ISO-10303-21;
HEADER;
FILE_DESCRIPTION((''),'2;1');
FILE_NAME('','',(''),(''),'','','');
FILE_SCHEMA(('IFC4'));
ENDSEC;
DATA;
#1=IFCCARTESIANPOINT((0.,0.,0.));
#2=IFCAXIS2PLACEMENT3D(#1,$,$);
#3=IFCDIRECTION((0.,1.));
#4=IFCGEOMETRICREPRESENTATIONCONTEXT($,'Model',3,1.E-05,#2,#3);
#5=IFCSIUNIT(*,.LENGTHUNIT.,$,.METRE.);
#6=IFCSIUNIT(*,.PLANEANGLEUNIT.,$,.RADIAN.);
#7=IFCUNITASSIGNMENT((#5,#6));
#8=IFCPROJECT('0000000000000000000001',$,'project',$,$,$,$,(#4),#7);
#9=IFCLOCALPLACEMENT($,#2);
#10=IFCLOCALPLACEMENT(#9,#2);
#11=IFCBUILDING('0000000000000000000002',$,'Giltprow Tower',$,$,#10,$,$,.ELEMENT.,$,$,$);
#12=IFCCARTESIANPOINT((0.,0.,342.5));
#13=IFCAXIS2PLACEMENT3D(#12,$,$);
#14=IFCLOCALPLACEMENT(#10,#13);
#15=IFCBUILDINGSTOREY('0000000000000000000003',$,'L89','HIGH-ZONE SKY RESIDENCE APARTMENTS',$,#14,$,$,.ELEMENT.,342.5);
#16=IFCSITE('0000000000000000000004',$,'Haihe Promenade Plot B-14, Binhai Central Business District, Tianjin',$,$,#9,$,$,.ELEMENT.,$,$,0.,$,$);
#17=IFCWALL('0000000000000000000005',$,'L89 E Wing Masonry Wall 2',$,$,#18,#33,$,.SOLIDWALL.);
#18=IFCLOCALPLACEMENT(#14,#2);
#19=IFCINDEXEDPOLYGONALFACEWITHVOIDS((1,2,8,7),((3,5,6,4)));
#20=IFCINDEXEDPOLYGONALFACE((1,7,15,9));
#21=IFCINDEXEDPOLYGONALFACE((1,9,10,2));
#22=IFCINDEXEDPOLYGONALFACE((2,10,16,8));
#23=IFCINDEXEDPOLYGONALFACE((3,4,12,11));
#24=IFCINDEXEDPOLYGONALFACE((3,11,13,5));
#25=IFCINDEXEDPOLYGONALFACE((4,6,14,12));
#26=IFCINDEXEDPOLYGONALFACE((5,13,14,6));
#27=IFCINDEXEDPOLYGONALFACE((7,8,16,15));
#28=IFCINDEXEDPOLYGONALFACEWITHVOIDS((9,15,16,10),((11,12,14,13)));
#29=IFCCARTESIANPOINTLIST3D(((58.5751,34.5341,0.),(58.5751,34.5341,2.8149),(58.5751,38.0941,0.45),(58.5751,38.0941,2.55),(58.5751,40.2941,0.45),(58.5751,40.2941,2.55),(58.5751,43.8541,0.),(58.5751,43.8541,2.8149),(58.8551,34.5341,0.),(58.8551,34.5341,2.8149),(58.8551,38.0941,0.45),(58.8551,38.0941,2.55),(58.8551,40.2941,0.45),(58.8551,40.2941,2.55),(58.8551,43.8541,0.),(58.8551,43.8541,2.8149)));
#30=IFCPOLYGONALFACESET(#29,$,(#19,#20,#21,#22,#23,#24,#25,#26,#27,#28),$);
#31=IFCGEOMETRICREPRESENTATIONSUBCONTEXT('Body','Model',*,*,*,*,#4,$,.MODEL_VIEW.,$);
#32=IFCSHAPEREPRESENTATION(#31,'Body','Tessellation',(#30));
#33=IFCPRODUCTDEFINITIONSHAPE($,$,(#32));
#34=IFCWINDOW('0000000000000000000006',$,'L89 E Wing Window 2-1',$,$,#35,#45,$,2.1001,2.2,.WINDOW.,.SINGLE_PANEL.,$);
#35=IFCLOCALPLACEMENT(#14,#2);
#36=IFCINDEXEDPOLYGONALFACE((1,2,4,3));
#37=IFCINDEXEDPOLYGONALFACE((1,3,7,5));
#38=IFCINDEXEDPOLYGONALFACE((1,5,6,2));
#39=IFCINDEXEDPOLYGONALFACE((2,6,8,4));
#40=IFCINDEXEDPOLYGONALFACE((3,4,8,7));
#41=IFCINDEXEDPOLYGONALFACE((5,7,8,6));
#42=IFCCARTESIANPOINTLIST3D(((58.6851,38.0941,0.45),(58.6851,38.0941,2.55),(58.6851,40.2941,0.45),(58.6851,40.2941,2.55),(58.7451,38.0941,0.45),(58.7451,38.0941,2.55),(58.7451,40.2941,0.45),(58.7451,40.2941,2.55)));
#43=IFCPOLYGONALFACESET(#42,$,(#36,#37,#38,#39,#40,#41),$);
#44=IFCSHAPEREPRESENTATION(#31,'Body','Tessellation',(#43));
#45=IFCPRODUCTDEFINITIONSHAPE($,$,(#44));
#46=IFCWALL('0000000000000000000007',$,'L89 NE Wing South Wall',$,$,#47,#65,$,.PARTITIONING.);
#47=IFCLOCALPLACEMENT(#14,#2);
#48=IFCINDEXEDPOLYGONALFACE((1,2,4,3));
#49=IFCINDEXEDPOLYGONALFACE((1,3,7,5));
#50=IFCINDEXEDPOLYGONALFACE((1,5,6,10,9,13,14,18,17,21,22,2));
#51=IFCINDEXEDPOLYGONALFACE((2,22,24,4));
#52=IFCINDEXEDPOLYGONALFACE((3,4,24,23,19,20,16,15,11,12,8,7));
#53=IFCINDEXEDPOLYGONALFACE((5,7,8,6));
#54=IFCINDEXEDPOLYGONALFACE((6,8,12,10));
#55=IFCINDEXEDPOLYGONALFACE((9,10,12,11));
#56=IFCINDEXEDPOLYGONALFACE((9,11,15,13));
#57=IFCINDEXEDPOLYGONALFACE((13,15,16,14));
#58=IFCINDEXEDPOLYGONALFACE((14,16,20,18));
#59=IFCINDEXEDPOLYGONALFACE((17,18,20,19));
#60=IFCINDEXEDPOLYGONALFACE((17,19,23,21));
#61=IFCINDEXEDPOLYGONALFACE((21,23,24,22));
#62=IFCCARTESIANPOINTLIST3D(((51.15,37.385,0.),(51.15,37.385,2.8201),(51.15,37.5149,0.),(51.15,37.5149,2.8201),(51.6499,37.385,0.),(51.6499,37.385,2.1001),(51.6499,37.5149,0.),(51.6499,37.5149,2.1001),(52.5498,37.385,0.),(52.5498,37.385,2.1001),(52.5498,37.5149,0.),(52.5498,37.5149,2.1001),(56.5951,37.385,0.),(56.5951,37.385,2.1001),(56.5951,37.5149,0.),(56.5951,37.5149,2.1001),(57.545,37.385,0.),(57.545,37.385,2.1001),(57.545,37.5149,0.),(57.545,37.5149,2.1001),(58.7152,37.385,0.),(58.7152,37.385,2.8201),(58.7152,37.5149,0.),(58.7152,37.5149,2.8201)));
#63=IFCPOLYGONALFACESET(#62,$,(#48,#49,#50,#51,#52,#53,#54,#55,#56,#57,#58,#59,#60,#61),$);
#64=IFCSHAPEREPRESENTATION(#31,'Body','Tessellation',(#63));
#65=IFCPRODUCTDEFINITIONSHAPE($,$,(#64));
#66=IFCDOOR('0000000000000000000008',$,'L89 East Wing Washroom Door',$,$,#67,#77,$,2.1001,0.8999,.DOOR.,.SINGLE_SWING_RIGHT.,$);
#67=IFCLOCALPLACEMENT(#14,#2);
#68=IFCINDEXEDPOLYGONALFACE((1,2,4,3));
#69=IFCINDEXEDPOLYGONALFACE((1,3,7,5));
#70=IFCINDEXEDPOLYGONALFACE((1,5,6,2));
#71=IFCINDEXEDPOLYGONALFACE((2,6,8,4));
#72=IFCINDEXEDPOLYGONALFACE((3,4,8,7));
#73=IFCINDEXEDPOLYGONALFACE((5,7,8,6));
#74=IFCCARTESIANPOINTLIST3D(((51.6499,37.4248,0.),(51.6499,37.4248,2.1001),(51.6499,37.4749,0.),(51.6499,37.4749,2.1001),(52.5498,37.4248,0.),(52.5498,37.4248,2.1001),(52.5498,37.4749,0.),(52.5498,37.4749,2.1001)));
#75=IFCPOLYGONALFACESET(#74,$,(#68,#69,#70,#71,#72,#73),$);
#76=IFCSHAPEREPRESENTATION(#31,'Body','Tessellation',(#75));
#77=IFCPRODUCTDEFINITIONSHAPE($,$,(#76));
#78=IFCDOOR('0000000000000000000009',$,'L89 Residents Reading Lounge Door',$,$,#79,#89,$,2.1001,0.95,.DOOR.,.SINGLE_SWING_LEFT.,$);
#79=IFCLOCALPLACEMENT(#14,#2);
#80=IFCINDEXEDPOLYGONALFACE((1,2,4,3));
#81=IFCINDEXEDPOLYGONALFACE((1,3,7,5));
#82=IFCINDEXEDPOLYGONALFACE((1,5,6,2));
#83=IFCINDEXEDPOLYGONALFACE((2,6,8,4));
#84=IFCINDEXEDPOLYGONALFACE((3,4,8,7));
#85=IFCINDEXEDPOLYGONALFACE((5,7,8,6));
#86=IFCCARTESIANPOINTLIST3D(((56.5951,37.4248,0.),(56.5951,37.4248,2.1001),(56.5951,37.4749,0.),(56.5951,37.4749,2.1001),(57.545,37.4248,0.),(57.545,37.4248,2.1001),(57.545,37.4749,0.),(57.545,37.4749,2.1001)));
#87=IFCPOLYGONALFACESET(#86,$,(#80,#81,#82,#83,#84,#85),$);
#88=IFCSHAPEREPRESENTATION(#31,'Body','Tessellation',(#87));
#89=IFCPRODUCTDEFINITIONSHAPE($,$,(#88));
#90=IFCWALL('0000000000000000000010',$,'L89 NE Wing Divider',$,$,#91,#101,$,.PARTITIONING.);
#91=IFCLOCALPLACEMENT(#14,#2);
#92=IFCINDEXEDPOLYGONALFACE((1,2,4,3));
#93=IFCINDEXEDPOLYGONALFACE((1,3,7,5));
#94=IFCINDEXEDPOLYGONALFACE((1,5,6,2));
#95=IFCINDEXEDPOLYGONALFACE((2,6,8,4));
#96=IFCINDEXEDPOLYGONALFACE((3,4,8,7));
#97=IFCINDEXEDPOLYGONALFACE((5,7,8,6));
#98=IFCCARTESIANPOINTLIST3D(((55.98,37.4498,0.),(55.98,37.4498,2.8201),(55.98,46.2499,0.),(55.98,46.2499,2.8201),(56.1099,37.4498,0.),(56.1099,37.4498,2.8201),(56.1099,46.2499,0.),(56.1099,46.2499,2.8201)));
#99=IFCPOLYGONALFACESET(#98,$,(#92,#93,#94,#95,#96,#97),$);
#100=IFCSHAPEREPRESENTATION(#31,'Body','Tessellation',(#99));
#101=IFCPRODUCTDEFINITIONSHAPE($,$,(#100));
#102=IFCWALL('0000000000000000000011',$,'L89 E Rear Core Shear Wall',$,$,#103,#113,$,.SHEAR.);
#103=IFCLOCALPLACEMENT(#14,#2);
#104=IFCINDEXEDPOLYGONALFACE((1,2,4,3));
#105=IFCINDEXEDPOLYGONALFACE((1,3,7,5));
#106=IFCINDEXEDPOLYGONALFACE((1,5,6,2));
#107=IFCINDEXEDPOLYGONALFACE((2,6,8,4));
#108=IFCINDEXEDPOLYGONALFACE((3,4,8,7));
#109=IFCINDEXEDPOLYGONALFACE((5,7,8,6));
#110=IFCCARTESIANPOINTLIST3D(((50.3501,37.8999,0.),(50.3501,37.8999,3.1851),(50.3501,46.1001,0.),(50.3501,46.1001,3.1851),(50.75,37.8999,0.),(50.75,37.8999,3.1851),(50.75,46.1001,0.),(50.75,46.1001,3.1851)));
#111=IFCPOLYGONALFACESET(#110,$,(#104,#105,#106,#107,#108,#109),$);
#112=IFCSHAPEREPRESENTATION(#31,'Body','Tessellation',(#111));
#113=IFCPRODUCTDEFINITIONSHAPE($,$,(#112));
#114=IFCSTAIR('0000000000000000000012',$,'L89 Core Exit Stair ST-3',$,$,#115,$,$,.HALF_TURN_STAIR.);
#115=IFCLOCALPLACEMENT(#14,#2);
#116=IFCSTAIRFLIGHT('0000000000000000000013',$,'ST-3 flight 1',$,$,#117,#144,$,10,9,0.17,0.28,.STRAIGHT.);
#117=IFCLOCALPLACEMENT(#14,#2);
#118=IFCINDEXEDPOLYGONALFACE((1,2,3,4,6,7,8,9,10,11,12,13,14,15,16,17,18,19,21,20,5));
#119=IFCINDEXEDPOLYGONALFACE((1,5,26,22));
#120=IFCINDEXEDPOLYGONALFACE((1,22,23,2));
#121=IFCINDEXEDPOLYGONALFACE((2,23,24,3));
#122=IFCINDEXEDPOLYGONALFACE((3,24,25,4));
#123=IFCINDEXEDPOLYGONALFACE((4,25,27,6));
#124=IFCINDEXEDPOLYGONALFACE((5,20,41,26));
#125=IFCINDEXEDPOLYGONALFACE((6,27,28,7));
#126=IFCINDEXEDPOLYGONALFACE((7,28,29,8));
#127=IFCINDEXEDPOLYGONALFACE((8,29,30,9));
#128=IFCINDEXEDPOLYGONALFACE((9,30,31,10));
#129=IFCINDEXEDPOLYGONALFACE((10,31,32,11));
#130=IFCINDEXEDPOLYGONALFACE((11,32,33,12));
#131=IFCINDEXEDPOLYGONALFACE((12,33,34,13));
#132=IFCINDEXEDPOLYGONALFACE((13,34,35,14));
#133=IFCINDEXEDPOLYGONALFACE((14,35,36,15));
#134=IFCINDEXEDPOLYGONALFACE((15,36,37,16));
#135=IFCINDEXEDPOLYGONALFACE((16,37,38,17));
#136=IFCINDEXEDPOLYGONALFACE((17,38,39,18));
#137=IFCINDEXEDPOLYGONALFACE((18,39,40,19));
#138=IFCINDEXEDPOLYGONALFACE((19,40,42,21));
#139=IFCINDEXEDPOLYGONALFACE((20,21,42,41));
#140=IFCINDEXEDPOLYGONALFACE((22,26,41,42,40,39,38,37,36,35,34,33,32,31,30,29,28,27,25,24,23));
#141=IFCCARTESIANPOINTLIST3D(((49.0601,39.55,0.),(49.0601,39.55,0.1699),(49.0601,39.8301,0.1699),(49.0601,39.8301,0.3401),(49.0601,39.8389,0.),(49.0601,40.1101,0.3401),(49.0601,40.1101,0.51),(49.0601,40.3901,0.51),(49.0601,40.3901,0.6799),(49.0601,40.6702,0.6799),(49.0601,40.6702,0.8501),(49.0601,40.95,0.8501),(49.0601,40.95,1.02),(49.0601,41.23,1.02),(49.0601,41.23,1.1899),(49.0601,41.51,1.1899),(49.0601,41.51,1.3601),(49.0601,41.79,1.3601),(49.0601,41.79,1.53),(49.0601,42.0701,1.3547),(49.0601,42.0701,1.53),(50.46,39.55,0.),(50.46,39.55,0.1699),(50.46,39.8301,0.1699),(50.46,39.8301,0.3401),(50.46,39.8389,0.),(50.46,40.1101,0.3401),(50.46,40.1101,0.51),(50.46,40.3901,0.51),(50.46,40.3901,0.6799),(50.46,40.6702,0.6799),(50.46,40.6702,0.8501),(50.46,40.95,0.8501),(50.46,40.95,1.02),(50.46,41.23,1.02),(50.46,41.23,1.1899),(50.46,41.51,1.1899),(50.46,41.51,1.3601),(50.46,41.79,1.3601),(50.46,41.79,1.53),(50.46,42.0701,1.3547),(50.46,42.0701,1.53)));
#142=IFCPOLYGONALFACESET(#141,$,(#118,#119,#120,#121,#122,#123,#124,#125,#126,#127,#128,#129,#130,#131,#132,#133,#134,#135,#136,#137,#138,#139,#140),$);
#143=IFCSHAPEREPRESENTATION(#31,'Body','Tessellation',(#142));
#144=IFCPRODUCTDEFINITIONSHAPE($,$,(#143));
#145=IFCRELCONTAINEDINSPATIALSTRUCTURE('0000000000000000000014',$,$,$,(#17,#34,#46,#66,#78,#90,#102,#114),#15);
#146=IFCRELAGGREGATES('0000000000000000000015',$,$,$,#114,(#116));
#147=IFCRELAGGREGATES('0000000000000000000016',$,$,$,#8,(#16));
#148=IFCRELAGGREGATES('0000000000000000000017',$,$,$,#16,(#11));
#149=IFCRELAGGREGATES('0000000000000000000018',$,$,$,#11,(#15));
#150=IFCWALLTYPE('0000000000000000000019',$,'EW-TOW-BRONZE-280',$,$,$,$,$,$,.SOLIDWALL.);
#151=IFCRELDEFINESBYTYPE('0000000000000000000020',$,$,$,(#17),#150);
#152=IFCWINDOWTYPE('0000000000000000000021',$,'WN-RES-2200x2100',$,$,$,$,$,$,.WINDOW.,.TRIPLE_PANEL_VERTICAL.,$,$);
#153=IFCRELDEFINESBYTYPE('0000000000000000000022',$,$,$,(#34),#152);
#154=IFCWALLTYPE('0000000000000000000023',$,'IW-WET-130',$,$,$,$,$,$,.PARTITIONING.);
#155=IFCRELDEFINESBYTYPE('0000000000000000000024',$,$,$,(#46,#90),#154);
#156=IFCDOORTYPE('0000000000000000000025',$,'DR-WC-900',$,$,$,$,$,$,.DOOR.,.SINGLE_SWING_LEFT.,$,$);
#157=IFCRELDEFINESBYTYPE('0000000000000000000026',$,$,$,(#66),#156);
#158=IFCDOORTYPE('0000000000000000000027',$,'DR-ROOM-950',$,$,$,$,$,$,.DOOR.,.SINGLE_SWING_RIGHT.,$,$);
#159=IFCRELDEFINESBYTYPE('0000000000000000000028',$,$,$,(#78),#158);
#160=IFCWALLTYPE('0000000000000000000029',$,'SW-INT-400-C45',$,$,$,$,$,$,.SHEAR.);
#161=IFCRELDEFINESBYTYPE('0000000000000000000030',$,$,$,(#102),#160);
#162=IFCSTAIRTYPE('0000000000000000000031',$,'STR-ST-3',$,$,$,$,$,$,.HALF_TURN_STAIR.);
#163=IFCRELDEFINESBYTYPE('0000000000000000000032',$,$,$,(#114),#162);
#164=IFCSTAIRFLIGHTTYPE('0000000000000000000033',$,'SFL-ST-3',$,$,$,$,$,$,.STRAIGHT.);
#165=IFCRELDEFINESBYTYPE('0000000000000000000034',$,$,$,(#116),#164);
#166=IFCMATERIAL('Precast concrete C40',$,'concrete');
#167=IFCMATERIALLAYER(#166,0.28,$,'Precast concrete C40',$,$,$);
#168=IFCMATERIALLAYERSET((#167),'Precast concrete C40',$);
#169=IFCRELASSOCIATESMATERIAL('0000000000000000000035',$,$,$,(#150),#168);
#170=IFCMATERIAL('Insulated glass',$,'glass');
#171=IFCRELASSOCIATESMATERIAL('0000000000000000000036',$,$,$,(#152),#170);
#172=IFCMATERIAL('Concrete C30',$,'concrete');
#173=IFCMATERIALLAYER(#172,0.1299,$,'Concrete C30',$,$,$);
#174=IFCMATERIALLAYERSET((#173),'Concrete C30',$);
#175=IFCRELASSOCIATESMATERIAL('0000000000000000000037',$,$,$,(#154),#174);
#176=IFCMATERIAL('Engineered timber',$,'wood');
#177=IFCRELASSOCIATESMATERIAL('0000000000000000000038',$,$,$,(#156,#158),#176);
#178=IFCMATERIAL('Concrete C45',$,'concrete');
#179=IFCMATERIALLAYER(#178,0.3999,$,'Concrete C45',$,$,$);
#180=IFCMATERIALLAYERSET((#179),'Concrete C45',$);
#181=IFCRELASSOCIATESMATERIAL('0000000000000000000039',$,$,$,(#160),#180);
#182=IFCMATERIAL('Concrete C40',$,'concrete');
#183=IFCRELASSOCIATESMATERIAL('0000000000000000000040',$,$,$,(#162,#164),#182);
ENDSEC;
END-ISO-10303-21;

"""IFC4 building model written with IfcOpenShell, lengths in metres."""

from ifc_helpers import new_model, si_unit, direction, frame, frame_2d, origin, place, context, subcontext, project, spatial, polyline, rectangle, outline, extrude, source, transform, mapped, material, layer, layer_set, type_object, element, fill, aggregate, save


model = new_model("IFC4")

# Units and contexts
model_context = context("Model", 3, precision=1e-05, world=origin(), true_north=direction((0.0, 1.0)))
body_context = subcontext(model_context, "Body", "Model", "MODEL_VIEW")
ifc_project = project(units=[si_unit("LENGTHUNIT", "METRE"), si_unit("PLANEANGLEUNIT", "RADIAN")], contexts=[model_context])

# Site, building, storey
site_placement = place(None, origin())
site = spatial("IfcSite", under=ifc_project, at=site_placement, Name="Haihe Promenade Plot B-14, Binhai Central Business District, Tianjin", CompositionType="ELEMENT", RefElevation=0.0)
building_placement = place(site_placement, origin())
building = spatial("IfcBuilding", under=site, at=building_placement, Name="Giltprow Tower", CompositionType="ELEMENT")
storey_placement = place(building_placement, frame((0.0, 0.0, 342.5)))
storey = spatial("IfcBuildingStorey", under=building, at=storey_placement, Name="L89", Description="HIGH-ZONE SKY RESIDENCE APARTMENTS", CompositionType="ELEMENT", Elevation=342.5)

# Shared definitions
ifc_material_1 = material(Name="Concrete C45", Category="concrete")

# Wall, opening, window
ifc_material_2 = material(Name="Precast concrete C40", Category="concrete")
ifc_layer_1 = layer(ifc_material_2, 0.28, Name="Precast concrete C40")
ifc_layer_set_1 = layer_set([ifc_layer_1], Name="Precast concrete C40")
wall_type_1 = type_object("IfcWallType", Name="EW-TOW-BRONZE-280", PredefinedType="SOLIDWALL", material=ifc_layer_set_1)
wall_1_placement = place(storey_placement, frame((58.7151, 34.5339, 0.0), z_axis=(0.0, 0.0, 1.0), x_axis=(0.0, 1.0, 0.0)))
wall_1 = element("IfcWall", 1, at=wall_1_placement, inside=storey, type_object=wall_type_1, Name="L89 E Wing Masonry Wall 2", PredefinedType="SOLIDWALL", context=body_context, shape_type="SweptSolid", body=[
    extrude(rectangle(XDim=9.3201, YDim=0.28, at=frame_2d((4.6602, 0.0))), origin(), (0.0, 0.0, 1.0), 2.8149),
])
opening_1_placement = place(wall_1_placement, frame((3.5601, 0.0, 0.45)))
opening_1 = element("IfcOpeningElement", 2, at=opening_1_placement, cuts=wall_1, PredefinedType="OPENING", context=body_context, shape_type="SweptSolid", body=[
    extrude(rectangle(XDim=2.2, YDim=2.1001, at=frame_2d((1.1001, 1.05))), frame((0.0, 0.1499, 0.0), z_axis=(0.0, -1.0, 0.0), x_axis=(1.0, 0.0, 0.0)), (0.0, 0.0, 1.0), 0.3),
])
ifc_material_3 = material(Name="Insulated glass", Category="glass")
window_type = type_object("IfcWindowType", Name="WN-RES-2200x2100", PartitioningType="TRIPLE_PANEL_VERTICAL", PredefinedType="WINDOW", material=ifc_material_3)
shared_shape_1 = source(origin(), body_context, "Body", "SweptSolid", [
    extrude(rectangle(XDim=2.2, YDim=2.1001, at=frame_2d((1.1001, 1.05))), frame((0.0, 0.03, 0.0), z_axis=(0.0, -1.0, 0.0), x_axis=(1.0, 0.0, 0.0)), (0.0, 0.0, 1.0), 0.0601),
])
window_placement = place(opening_1_placement, origin())
window = element("IfcWindow", 3, at=window_placement, inside=storey, type_object=window_type, Name="L89 E Wing Window 2-1", OverallHeight=2.1001, OverallWidth=2.2, PartitioningType="SINGLE_PANEL", PredefinedType="WINDOW", context=body_context, shape_type="MappedRepresentation", body=[
    mapped(shared_shape_1, transform((0.0, 0.0, 0.0), x_axis=(1.0, 0.0, 0.0), y_axis=(0.0, 1.0, 0.0), z_axis=(0.0, 0.0, 1.0), scale=1.0)),
])
fill(opening_1, window)

# Wall, openings, doors
ifc_material_4 = material(Name="Concrete C30", Category="concrete")
ifc_layer_2 = layer(ifc_material_4, 0.1299, Name="Concrete C30")
ifc_layer_set_2 = layer_set([ifc_layer_2], Name="Concrete C30")
wall_type_2 = type_object("IfcWallType", Name="IW-WET-130", PredefinedType="PARTITIONING", material=ifc_layer_set_2)
wall_2_placement = place(storey_placement, frame((51.1499, 37.45, 0.0), z_axis=(0.0, 0.0, 1.0), x_axis=(1.0, 0.0, 0.0)))
wall_2 = element("IfcWall", 4, at=wall_2_placement, inside=storey, type_object=wall_type_2, Name="L89 NE Wing South Wall", PredefinedType="PARTITIONING", context=body_context, shape_type="SweptSolid", body=[
    extrude(rectangle(XDim=7.5652, YDim=0.1299, at=frame_2d((3.7827, 0.0))), origin(), (0.0, 0.0, 1.0), 2.8201),
])
opening_2_placement = place(wall_2_placement, frame((0.5, 0.0, 0.0)))
opening_2 = element("IfcOpeningElement", 5, at=opening_2_placement, cuts=wall_2, PredefinedType="OPENING", context=body_context, shape_type="SweptSolid", body=[
    extrude(rectangle(XDim=0.8999, YDim=2.1001, at=frame_2d((0.45, 1.05))), frame((0.0, 0.075, 0.0), z_axis=(0.0, -1.0, 0.0), x_axis=(1.0, 0.0, 0.0)), (0.0, 0.0, 1.0), 0.1499),
])
opening_3_placement = place(wall_2_placement, frame((5.4451, 0.0, 0.0)))
opening_3 = element("IfcOpeningElement", 6, at=opening_3_placement, cuts=wall_2, PredefinedType="OPENING", context=body_context, shape_type="SweptSolid", body=[
    extrude(rectangle(XDim=0.95, YDim=2.1001, at=frame_2d((0.4751, 1.05))), frame((0.0, 0.075, 0.0), z_axis=(0.0, -1.0, 0.0), x_axis=(1.0, 0.0, 0.0)), (0.0, 0.0, 1.0), 0.1499),
])
ifc_material_5 = material(Name="Engineered timber", Category="wood")
door_type_1 = type_object("IfcDoorType", Name="DR-WC-900", OperationType="SINGLE_SWING_LEFT", PredefinedType="DOOR", material=ifc_material_5)
shared_shape_2 = source(origin(), body_context, "Body", "SweptSolid", [
    extrude(rectangle(XDim=0.8999, YDim=2.1001, at=frame_2d((0.45, 1.05))), frame((0.0, 0.0249, 0.0), z_axis=(0.0, -1.0, 0.0), x_axis=(1.0, 0.0, 0.0)), (0.0, 0.0, 1.0), 0.05),
])
door_1_placement = place(opening_2_placement, origin())
door_1 = element("IfcDoor", 7, at=door_1_placement, inside=storey, type_object=door_type_1, Name="L89 East Wing Washroom Door", OperationType="SINGLE_SWING_RIGHT", OverallHeight=2.1001, OverallWidth=0.8999, PredefinedType="DOOR", context=body_context, shape_type="MappedRepresentation", body=[
    mapped(shared_shape_2, transform((0.0, 0.0, 0.0), x_axis=(1.0, 0.0, 0.0), y_axis=(0.0, 1.0, 0.0), z_axis=(0.0, 0.0, 1.0), scale=1.0)),
])
fill(opening_2, door_1)
door_type_2 = type_object("IfcDoorType", Name="DR-ROOM-950", OperationType="SINGLE_SWING_RIGHT", PredefinedType="DOOR", material=ifc_material_5)
shared_shape_3 = source(origin(), body_context, "Body", "SweptSolid", [
    extrude(rectangle(XDim=0.95, YDim=2.1001, at=frame_2d((0.4751, 1.05))), frame((0.0, 0.0249, 0.0), z_axis=(0.0, -1.0, 0.0), x_axis=(1.0, 0.0, 0.0)), (0.0, 0.0, 1.0), 0.05),
])
door_2_placement = place(opening_3_placement, origin())
door_2 = element("IfcDoor", 8, at=door_2_placement, inside=storey, type_object=door_type_2, Name="L89 Residents Reading Lounge Door", OperationType="SINGLE_SWING_LEFT", OverallHeight=2.1001, OverallWidth=0.95, PredefinedType="DOOR", context=body_context, shape_type="MappedRepresentation", body=[
    mapped(shared_shape_3, transform((0.0, 0.0, 0.0), x_axis=(1.0, 0.0, 0.0), y_axis=(0.0, 1.0, 0.0), z_axis=(0.0, 0.0, 1.0), scale=1.0)),
])
fill(opening_3, door_2)

# Walls
wall_3_placement = place(storey_placement, frame((56.0449, 37.45, 0.0), z_axis=(0.0, 0.0, 1.0), x_axis=(0.0, 1.0, 0.0)))
element("IfcWall", 9, at=wall_3_placement, inside=storey, type_object=wall_type_2, Name="L89 NE Wing Divider", PredefinedType="PARTITIONING", context=body_context, shape_type="SweptSolid", body=[
    extrude(rectangle(XDim=8.8, YDim=0.1299, at=frame_2d((4.3999, 0.0))), origin(), (0.0, 0.0, 1.0), 2.8201),
])
ifc_layer_3 = layer(ifc_material_1, 0.3999, Name="Concrete C45")
ifc_layer_set_3 = layer_set([ifc_layer_3], Name="Concrete C45")
wall_type_3 = type_object("IfcWallType", Name="SW-INT-400-C45", PredefinedType="SHEAR", material=ifc_layer_set_3)
wall_4_placement = place(storey_placement, frame((50.55, 37.8999, 0.0), z_axis=(0.0, 0.0, 1.0), x_axis=(0.0, 1.0, 0.0)))
element("IfcWall", 10, at=wall_4_placement, inside=storey, type_object=wall_type_3, Name="L89 E Rear Core Shear Wall", PredefinedType="SHEAR", context=body_context, shape_type="SweptSolid", body=[
    extrude(rectangle(XDim=8.2002, YDim=0.3999, at=frame_2d((4.1001, 0.0))), origin(), (0.0, 0.0, 1.0), 3.1851),
])

# Stair, stair flight
ifc_material_6 = material(Name="Concrete C40", Category="concrete")
stair_type = type_object("IfcStairType", Name="STR-ST-3", PredefinedType="HALF_TURN_STAIR", material=ifc_material_6)
stair_placement = place(storey_placement, origin())
stair = element("IfcStair", 11, at=stair_placement, inside=storey, type_object=stair_type, Name="L89 Core Exit Stair ST-3", PredefinedType="HALF_TURN_STAIR")
stair_flight_type = type_object("IfcStairFlightType", Name="SFL-ST-3", PredefinedType="STRAIGHT", material=ifc_material_6)
stair_flight_placement = place(storey_placement, frame((49.76, 39.55, 0.0), z_axis=(0.0, 0.0, 1.0), x_axis=(0.0, 1.0, 0.0)))
stair_flight = element("IfcStairFlight", 12, at=stair_flight_placement, type_object=stair_flight_type, Name="ST-3 flight 1", NumberOfRisers=10, NumberOfTreads=9, PredefinedType="STRAIGHT", RiserHeight=0.17, TreadLength=0.28, context=body_context, shape_type="SweptSolid", body=[
    extrude(outline(polyline([(0.0, 0.0), (0.0, 0.1699), (0.28, 0.1699), (0.28, 0.3401), (0.5601, 0.3401), (0.5601, 0.51), (0.8401, 0.51), (0.8401, 0.6799), (1.1201, 0.6799), (1.1201, 0.8501), (1.3999, 0.8501), (1.3999, 1.02), (1.6799, 1.02), (1.6799, 1.1899), (1.96, 1.1899), (1.96, 1.3601), (2.24, 1.3601), (2.24, 1.53), (2.52, 1.53), (2.52, 1.7), (2.52, 1.3547), (0.2888, 0.0), (0.0, 0.0)])), frame((0.0, 0.7, 0.0), z_axis=(0.0, -1.0, 0.0), x_axis=(1.0, 0.0, 0.0)), (0.0, 0.0, 1.0), 1.3999),
])
aggregate(stair, [stair_flight])

save(model, "model.ifc")
